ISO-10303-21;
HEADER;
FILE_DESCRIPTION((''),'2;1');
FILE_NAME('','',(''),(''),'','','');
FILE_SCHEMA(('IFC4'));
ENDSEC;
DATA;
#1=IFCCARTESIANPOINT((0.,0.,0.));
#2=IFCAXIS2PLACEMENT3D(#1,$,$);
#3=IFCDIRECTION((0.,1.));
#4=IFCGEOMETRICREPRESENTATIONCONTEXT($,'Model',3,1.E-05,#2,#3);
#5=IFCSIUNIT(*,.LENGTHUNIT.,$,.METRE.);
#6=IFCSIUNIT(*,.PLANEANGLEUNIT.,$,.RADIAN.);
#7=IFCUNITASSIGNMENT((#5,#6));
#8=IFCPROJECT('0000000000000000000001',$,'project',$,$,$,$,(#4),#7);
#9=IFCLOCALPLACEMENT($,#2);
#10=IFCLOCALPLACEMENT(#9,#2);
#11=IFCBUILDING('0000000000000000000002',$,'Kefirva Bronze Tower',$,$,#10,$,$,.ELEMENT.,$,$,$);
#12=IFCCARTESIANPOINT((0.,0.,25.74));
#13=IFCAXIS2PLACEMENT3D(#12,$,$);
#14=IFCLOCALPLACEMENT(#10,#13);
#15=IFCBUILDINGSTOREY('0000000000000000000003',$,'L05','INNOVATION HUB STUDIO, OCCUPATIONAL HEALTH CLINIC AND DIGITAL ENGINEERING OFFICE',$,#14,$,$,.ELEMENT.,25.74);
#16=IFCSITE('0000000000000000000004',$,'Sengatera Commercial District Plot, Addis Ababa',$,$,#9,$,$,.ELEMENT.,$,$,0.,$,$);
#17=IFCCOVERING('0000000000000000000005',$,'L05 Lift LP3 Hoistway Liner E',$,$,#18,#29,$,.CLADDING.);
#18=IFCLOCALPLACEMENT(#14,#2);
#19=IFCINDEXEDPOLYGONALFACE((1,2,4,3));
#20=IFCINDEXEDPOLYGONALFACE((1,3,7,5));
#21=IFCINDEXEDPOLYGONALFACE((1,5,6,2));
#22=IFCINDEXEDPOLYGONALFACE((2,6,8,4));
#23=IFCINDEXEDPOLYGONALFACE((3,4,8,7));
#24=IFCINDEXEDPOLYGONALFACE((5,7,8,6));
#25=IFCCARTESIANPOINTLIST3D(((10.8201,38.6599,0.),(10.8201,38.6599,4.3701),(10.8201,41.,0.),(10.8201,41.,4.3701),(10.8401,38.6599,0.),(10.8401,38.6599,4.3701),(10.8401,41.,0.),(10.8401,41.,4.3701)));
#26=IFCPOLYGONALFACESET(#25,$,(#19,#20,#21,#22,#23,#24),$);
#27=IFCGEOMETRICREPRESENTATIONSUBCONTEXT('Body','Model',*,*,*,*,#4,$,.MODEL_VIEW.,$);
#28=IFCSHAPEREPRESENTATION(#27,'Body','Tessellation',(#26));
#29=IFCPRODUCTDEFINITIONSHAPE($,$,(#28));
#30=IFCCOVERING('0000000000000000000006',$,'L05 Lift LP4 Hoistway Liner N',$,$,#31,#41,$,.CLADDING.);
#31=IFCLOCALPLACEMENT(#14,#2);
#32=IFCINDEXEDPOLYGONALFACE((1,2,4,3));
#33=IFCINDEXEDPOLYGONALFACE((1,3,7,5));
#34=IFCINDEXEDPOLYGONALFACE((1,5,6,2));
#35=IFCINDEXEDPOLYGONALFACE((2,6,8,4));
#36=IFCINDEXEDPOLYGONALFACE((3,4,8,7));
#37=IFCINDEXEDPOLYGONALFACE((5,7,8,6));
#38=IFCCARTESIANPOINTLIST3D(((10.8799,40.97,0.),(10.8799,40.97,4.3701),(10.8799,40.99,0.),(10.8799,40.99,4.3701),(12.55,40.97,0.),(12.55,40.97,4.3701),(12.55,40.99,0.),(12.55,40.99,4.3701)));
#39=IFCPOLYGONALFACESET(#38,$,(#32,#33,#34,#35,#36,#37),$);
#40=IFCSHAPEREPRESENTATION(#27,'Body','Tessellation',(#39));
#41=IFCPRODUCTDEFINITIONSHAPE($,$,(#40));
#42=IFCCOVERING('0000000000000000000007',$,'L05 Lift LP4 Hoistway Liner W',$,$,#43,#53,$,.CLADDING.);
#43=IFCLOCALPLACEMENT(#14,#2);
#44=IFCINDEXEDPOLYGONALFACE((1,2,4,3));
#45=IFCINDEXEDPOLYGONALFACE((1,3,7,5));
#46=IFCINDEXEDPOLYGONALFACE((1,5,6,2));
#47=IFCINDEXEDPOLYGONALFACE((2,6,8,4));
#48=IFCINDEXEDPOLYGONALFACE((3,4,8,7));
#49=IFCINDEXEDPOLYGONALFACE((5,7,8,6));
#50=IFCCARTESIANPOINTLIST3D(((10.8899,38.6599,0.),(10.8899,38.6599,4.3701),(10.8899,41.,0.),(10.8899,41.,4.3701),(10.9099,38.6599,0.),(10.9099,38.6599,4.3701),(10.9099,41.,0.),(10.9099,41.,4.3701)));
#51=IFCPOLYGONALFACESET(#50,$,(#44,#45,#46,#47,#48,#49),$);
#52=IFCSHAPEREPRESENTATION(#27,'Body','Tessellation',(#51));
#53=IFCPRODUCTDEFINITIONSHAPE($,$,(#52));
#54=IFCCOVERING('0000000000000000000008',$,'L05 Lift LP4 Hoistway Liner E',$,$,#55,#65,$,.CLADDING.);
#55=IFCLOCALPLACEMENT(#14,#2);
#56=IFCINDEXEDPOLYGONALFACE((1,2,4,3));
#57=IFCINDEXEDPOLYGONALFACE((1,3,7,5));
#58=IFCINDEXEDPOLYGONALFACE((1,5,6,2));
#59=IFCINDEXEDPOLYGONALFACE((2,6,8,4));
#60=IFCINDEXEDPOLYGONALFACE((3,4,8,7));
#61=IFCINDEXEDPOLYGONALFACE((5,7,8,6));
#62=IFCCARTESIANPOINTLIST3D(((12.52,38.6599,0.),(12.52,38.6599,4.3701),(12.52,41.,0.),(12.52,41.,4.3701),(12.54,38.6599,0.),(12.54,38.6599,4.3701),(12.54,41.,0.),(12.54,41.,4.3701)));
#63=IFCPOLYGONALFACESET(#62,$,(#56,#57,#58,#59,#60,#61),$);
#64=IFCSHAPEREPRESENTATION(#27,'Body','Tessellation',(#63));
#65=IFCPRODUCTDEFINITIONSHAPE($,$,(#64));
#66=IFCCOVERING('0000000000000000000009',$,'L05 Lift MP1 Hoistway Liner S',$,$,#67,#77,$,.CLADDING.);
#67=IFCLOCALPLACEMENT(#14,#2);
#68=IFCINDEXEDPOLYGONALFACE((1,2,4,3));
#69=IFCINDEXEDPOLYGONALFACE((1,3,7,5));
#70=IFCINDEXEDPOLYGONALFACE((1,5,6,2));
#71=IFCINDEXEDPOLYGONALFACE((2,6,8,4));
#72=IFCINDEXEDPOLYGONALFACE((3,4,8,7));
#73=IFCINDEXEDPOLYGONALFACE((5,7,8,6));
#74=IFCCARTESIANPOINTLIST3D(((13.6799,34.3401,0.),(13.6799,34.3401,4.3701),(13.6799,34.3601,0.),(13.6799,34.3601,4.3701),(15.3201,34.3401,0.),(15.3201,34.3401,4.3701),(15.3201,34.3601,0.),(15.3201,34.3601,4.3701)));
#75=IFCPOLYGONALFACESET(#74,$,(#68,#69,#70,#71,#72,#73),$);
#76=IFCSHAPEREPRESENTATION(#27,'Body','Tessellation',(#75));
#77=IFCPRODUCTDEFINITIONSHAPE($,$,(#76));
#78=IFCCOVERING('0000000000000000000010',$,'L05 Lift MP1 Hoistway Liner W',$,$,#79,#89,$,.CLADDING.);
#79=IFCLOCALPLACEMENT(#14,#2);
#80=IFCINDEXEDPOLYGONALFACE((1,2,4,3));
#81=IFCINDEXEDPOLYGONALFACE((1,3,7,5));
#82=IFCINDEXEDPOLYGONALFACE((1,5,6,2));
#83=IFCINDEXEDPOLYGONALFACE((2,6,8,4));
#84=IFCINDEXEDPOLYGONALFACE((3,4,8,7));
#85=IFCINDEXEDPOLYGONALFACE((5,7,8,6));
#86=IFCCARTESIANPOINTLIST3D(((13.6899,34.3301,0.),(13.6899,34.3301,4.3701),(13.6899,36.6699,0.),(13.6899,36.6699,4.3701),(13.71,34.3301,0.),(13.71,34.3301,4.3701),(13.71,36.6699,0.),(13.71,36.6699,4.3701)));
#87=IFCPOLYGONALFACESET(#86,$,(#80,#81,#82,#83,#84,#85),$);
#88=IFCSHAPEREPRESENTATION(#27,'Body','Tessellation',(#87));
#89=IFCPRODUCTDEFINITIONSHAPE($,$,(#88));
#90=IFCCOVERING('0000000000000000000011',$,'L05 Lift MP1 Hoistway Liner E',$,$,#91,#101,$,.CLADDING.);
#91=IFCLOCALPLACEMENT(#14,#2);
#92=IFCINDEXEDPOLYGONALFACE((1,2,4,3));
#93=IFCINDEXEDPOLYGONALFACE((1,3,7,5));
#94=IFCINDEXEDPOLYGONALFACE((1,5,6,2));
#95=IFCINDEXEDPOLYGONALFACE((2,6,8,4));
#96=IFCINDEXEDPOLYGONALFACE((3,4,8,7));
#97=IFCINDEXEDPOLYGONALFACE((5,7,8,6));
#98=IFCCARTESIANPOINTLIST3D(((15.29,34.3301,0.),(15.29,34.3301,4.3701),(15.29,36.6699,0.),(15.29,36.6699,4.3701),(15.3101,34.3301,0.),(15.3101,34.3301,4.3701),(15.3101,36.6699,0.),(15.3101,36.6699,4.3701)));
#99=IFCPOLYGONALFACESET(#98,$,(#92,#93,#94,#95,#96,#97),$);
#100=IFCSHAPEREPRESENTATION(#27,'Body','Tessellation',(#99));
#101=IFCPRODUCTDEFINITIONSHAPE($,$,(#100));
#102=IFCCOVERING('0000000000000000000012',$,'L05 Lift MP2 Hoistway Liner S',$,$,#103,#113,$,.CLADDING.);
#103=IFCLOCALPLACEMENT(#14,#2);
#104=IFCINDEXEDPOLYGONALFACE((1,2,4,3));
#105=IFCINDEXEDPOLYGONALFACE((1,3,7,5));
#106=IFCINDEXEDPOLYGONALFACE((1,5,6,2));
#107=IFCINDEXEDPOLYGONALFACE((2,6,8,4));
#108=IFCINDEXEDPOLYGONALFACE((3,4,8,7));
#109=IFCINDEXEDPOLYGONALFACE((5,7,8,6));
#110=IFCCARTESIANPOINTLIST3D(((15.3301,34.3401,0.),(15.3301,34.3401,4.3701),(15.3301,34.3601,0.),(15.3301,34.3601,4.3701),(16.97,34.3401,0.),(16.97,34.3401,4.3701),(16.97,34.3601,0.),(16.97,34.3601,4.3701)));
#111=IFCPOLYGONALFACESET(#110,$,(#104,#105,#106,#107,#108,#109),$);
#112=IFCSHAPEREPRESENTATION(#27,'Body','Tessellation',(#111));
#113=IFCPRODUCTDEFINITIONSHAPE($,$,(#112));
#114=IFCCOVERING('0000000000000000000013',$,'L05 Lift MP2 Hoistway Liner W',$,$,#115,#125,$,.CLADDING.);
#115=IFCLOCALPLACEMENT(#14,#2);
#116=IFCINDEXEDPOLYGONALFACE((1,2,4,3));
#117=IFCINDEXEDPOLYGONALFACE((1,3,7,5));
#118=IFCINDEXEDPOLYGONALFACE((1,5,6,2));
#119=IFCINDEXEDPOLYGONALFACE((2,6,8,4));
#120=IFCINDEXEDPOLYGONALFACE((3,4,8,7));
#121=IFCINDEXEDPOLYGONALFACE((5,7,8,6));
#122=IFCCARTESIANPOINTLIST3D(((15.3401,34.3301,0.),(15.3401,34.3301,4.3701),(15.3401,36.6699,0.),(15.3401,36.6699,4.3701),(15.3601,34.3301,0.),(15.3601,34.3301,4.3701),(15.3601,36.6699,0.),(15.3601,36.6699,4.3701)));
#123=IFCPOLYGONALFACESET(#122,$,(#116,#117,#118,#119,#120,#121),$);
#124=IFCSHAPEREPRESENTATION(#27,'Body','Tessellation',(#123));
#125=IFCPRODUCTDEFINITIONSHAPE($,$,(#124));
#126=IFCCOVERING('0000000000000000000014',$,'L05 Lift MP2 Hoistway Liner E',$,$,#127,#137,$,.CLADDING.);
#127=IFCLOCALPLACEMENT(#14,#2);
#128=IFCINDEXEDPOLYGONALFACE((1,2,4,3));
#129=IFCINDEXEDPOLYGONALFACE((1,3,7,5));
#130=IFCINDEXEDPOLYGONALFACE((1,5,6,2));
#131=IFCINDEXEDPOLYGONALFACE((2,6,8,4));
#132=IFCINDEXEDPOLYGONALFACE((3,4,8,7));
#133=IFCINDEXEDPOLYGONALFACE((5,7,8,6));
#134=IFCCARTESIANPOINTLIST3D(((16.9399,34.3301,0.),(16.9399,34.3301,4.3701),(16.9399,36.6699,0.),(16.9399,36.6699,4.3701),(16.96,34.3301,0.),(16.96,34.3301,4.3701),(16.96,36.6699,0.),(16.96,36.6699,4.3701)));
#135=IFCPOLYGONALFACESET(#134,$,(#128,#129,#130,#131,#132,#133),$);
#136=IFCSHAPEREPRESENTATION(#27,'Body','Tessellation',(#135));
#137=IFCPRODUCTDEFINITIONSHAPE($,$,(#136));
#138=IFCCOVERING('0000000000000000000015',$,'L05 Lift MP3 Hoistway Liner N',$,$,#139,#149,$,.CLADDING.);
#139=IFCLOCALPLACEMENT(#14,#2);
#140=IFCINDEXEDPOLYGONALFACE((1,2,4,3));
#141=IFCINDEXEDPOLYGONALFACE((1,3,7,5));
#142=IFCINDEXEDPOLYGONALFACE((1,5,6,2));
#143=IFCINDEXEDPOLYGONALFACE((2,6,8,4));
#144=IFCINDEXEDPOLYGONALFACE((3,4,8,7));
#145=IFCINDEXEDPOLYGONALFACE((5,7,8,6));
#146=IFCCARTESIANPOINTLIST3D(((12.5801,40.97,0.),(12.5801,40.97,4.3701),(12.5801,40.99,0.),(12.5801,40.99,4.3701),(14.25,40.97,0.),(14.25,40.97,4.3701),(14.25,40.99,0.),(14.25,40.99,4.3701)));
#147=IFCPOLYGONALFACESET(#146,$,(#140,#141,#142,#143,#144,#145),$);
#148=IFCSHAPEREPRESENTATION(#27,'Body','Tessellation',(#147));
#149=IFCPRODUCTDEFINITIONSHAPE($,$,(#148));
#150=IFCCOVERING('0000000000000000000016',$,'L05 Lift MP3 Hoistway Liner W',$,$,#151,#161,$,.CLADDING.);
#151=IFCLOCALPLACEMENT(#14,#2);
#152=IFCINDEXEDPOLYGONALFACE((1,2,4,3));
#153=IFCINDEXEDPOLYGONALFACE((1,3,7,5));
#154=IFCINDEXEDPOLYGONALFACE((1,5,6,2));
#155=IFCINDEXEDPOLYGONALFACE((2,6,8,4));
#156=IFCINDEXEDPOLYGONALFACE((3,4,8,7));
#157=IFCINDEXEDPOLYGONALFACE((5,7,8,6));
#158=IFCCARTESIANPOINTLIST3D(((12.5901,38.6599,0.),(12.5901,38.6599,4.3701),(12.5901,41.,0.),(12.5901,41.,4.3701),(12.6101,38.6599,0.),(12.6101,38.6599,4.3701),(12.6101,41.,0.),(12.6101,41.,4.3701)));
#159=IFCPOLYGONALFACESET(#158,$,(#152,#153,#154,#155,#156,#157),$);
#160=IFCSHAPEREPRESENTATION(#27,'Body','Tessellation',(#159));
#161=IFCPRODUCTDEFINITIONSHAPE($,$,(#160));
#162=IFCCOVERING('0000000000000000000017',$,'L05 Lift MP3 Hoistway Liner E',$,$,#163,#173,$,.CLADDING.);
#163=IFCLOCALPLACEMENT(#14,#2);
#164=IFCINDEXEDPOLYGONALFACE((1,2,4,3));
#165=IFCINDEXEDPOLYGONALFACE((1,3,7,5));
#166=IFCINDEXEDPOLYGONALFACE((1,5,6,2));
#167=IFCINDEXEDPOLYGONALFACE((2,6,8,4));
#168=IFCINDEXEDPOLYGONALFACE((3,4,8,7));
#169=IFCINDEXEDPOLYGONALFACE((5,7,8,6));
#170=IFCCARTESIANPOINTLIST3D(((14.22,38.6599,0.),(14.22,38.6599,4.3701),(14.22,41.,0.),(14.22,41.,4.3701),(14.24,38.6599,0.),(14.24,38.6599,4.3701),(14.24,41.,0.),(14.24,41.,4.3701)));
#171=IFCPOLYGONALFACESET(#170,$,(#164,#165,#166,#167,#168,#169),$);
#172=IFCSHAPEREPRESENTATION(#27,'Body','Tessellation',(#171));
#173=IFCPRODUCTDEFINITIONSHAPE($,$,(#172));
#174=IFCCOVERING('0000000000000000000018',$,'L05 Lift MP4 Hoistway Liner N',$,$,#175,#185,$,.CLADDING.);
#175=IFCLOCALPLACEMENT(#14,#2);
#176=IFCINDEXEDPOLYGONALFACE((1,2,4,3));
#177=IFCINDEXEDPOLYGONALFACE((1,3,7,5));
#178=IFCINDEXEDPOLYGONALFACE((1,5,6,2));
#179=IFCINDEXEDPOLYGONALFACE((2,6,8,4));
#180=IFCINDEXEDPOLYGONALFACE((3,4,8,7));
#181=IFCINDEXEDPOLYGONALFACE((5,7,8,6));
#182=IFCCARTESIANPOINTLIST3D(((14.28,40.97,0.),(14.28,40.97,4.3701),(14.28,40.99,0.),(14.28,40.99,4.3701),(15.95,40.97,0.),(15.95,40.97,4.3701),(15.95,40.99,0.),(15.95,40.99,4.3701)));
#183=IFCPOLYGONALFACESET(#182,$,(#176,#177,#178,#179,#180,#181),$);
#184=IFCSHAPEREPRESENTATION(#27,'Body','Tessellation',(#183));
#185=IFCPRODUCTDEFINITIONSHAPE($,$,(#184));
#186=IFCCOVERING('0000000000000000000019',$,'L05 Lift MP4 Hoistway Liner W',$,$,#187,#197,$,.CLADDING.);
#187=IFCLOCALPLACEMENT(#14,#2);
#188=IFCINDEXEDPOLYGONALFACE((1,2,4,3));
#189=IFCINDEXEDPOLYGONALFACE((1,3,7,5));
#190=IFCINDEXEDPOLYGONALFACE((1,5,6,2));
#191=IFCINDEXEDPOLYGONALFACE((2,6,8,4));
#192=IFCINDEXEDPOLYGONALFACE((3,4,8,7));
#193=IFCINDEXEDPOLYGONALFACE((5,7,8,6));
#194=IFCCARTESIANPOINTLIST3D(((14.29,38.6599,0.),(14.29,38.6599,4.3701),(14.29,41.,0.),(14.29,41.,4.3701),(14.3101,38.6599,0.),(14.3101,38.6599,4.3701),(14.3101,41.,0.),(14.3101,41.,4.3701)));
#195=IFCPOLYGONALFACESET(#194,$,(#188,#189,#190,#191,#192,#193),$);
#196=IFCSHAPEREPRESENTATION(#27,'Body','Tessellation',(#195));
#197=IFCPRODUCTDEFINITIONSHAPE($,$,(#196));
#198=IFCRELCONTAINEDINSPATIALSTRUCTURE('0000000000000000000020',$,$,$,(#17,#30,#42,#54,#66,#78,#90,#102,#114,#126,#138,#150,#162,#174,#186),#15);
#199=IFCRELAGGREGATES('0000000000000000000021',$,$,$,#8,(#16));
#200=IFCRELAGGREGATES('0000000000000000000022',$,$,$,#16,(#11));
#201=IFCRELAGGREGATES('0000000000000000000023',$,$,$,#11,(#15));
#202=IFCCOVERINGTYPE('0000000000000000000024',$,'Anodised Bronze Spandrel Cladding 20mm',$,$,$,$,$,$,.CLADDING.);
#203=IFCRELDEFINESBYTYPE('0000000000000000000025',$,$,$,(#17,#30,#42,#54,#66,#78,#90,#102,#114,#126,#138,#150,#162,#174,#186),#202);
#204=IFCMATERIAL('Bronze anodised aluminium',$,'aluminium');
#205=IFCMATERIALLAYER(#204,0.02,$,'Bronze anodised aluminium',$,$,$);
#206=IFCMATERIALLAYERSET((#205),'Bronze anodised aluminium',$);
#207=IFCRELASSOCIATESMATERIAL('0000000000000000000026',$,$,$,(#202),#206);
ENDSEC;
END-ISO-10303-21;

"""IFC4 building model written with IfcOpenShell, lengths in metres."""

from ifc_helpers import new_model, si_unit, direction, frame, origin, place, context, subcontext, project, spatial, polyline, outline, extrude, material, layer, layer_set, type_object, element, save


model = new_model("IFC4")

# Units and contexts
model_context = context("Model", 3, precision=1e-05, world=origin(), true_north=direction((0.0, 1.0)))
body_context = subcontext(model_context, "Body", "Model", "MODEL_VIEW")
ifc_project = project(units=[si_unit("LENGTHUNIT", "METRE"), si_unit("PLANEANGLEUNIT", "RADIAN")], contexts=[model_context])

# Site, building, storey
site_placement = place(None, origin())
site = spatial("IfcSite", under=ifc_project, at=site_placement, Name="Sengatera Commercial District Plot, Addis Ababa", CompositionType="ELEMENT", RefElevation=0.0)
building_placement = place(site_placement, origin())
building = spatial("IfcBuilding", under=site, at=building_placement, Name="Kefirva Bronze Tower", CompositionType="ELEMENT")
storey_placement = place(building_placement, frame((0.0, 0.0, 25.74)))
storey = spatial("IfcBuildingStorey", under=building, at=storey_placement, Name="L05", Description="INNOVATION HUB STUDIO, OCCUPATIONAL HEALTH CLINIC AND DIGITAL ENGINEERING OFFICE", CompositionType="ELEMENT", Elevation=25.74)

# Shared definitions
ifc_material_1 = material(Name="Bronze anodised aluminium", Category="aluminium")

# Coverings
ifc_layer_1 = layer(ifc_material_1, 0.02, Name="Bronze anodised aluminium")
ifc_layer_set_1 = layer_set([ifc_layer_1], Name="Bronze anodised aluminium")
covering_type_1 = type_object("IfcCoveringType", Name="Anodised Bronze Spandrel Cladding 20mm", PredefinedType="CLADDING", material=ifc_layer_set_1)
covering_1_placement = place(storey_placement, origin())
element("IfcCovering", 1, at=covering_1_placement, inside=storey, type_object=covering_type_1, Name="L05 Lift LP3 Hoistway Liner E", PredefinedType="CLADDING", context=body_context, shape_type="SweptSolid", body=[
    extrude(outline(polyline([(10.8201, 38.6599), (10.8401, 38.6599), (10.8401, 41.0), (10.8201, 41.0), (10.8201, 38.6599)])), origin(), (0.0, 0.0, 1.0), 4.3701),
])
covering_2_placement = place(storey_placement, origin())
element("IfcCovering", 2, at=covering_2_placement, inside=storey, type_object=covering_type_1, Name="L05 Lift LP4 Hoistway Liner N", PredefinedType="CLADDING", context=body_context, shape_type="SweptSolid", body=[
    extrude(outline(polyline([(10.8799, 40.97), (12.55, 40.97), (12.55, 40.99), (10.8799, 40.99), (10.8799, 40.97)])), origin(), (0.0, 0.0, 1.0), 4.3701),
])
covering_3_placement = place(storey_placement, origin())
element("IfcCovering", 3, at=covering_3_placement, inside=storey, type_object=covering_type_1, Name="L05 Lift LP4 Hoistway Liner W", PredefinedType="CLADDING", context=body_context, shape_type="SweptSolid", body=[
    extrude(outline(polyline([(10.8899, 38.6599), (10.9099, 38.6599), (10.9099, 41.0), (10.8899, 41.0), (10.8899, 38.6599)])), origin(), (0.0, 0.0, 1.0), 4.3701),
])
covering_4_placement = place(storey_placement, origin())
element("IfcCovering", 4, at=covering_4_placement, inside=storey, type_object=covering_type_1, Name="L05 Lift LP4 Hoistway Liner E", PredefinedType="CLADDING", context=body_context, shape_type="SweptSolid", body=[
    extrude(outline(polyline([(12.52, 38.6599), (12.54, 38.6599), (12.54, 41.0), (12.52, 41.0), (12.52, 38.6599)])), origin(), (0.0, 0.0, 1.0), 4.3701),
])
covering_5_placement = place(storey_placement, origin())
element("IfcCovering", 5, at=covering_5_placement, inside=storey, type_object=covering_type_1, Name="L05 Lift MP1 Hoistway Liner S", PredefinedType="CLADDING", context=body_context, shape_type="SweptSolid", body=[
    extrude(outline(polyline([(13.6799, 34.3401), (15.3201, 34.3401), (15.3201, 34.3601), (13.6799, 34.3601), (13.6799, 34.3401)])), origin(), (0.0, 0.0, 1.0), 4.3701),
])
covering_6_placement = place(storey_placement, origin())
element("IfcCovering", 6, at=covering_6_placement, inside=storey, type_object=covering_type_1, Name="L05 Lift MP1 Hoistway Liner W", PredefinedType="CLADDING", context=body_context, shape_type="SweptSolid", body=[
    extrude(outline(polyline([(13.6899, 34.3301), (13.71, 34.3301), (13.71, 36.6699), (13.6899, 36.6699), (13.6899, 34.3301)])), origin(), (0.0, 0.0, 1.0), 4.3701),
])
covering_7_placement = place(storey_placement, origin())
element("IfcCovering", 7, at=covering_7_placement, inside=storey, type_object=covering_type_1, Name="L05 Lift MP1 Hoistway Liner E", PredefinedType="CLADDING", context=body_context, shape_type="SweptSolid", body=[
    extrude(outline(polyline([(15.29, 34.3301), (15.3101, 34.3301), (15.3101, 36.6699), (15.29, 36.6699), (15.29, 34.3301)])), origin(), (0.0, 0.0, 1.0), 4.3701),
])
covering_8_placement = place(storey_placement, origin())
element("IfcCovering", 8, at=covering_8_placement, inside=storey, type_object=covering_type_1, Name="L05 Lift MP2 Hoistway Liner S", PredefinedType="CLADDING", context=body_context, shape_type="SweptSolid", body=[
    extrude(outline(polyline([(15.3301, 34.3401), (16.97, 34.3401), (16.97, 34.3601), (15.3301, 34.3601), (15.3301, 34.3401)])), origin(), (0.0, 0.0, 1.0), 4.3701),
])
covering_9_placement = place(storey_placement, origin())
element("IfcCovering", 9, at=covering_9_placement, inside=storey, type_object=covering_type_1, Name="L05 Lift MP2 Hoistway Liner W", PredefinedType="CLADDING", context=body_context, shape_type="SweptSolid", body=[
    extrude(outline(polyline([(15.3401, 34.3301), (15.3601, 34.3301), (15.3601, 36.6699), (15.3401, 36.6699), (15.3401, 34.3301)])), origin(), (0.0, 0.0, 1.0), 4.3701),
])
covering_10_placement = place(storey_placement, origin())
element("IfcCovering", 10, at=covering_10_placement, inside=storey, type_object=covering_type_1, Name="L05 Lift MP2 Hoistway Liner E", PredefinedType="CLADDING", context=body_context, shape_type="SweptSolid", body=[
    extrude(outline(polyline([(16.9399, 34.3301), (16.96, 34.3301), (16.96, 36.6699), (16.9399, 36.6699), (16.9399, 34.3301)])), origin(), (0.0, 0.0, 1.0), 4.3701),
])
covering_11_placement = place(storey_placement, origin())
element("IfcCovering", 11, at=covering_11_placement, inside=storey, type_object=covering_type_1, Name="L05 Lift MP3 Hoistway Liner N", PredefinedType="CLADDING", context=body_context, shape_type="SweptSolid", body=[
    extrude(outline(polyline([(12.5801, 40.97), (14.25, 40.97), (14.25, 40.99), (12.5801, 40.99), (12.5801, 40.97)])), origin(), (0.0, 0.0, 1.0), 4.3701),
])
covering_12_placement = place(storey_placement, origin())
element("IfcCovering", 12, at=covering_12_placement, inside=storey, type_object=covering_type_1, Name="L05 Lift MP3 Hoistway Liner W", PredefinedType="CLADDING", context=body_context, shape_type="SweptSolid", body=[
    extrude(outline(polyline([(12.5901, 38.6599), (12.6101, 38.6599), (12.6101, 41.0), (12.5901, 41.0), (12.5901, 38.6599)])), origin(), (0.0, 0.0, 1.0), 4.3701),
])
covering_13_placement = place(storey_placement, origin())
element("IfcCovering", 13, at=covering_13_placement, inside=storey, type_object=covering_type_1, Name="L05 Lift MP3 Hoistway Liner E", PredefinedType="CLADDING", context=body_context, shape_type="SweptSolid", body=[
    extrude(outline(polyline([(14.22, 38.6599), (14.24, 38.6599), (14.24, 41.0), (14.22, 41.0), (14.22, 38.6599)])), origin(), (0.0, 0.0, 1.0), 4.3701),
])
covering_14_placement = place(storey_placement, origin())
element("IfcCovering", 14, at=covering_14_placement, inside=storey, type_object=covering_type_1, Name="L05 Lift MP4 Hoistway Liner N", PredefinedType="CLADDING", context=body_context, shape_type="SweptSolid", body=[
    extrude(outline(polyline([(14.28, 40.97), (15.95, 40.97), (15.95, 40.99), (14.28, 40.99), (14.28, 40.97)])), origin(), (0.0, 0.0, 1.0), 4.3701),
])
covering_15_placement = place(storey_placement, origin())
element("IfcCovering", 15, at=covering_15_placement, inside=storey, type_object=covering_type_1, Name="L05 Lift MP4 Hoistway Liner W", PredefinedType="CLADDING", context=body_context, shape_type="SweptSolid", body=[
    extrude(outline(polyline([(14.29, 38.6599), (14.3101, 38.6599), (14.3101, 41.0), (14.29, 41.0), (14.29, 38.6599)])), origin(), (0.0, 0.0, 1.0), 4.3701),
])

save(model, "model.ifc")
